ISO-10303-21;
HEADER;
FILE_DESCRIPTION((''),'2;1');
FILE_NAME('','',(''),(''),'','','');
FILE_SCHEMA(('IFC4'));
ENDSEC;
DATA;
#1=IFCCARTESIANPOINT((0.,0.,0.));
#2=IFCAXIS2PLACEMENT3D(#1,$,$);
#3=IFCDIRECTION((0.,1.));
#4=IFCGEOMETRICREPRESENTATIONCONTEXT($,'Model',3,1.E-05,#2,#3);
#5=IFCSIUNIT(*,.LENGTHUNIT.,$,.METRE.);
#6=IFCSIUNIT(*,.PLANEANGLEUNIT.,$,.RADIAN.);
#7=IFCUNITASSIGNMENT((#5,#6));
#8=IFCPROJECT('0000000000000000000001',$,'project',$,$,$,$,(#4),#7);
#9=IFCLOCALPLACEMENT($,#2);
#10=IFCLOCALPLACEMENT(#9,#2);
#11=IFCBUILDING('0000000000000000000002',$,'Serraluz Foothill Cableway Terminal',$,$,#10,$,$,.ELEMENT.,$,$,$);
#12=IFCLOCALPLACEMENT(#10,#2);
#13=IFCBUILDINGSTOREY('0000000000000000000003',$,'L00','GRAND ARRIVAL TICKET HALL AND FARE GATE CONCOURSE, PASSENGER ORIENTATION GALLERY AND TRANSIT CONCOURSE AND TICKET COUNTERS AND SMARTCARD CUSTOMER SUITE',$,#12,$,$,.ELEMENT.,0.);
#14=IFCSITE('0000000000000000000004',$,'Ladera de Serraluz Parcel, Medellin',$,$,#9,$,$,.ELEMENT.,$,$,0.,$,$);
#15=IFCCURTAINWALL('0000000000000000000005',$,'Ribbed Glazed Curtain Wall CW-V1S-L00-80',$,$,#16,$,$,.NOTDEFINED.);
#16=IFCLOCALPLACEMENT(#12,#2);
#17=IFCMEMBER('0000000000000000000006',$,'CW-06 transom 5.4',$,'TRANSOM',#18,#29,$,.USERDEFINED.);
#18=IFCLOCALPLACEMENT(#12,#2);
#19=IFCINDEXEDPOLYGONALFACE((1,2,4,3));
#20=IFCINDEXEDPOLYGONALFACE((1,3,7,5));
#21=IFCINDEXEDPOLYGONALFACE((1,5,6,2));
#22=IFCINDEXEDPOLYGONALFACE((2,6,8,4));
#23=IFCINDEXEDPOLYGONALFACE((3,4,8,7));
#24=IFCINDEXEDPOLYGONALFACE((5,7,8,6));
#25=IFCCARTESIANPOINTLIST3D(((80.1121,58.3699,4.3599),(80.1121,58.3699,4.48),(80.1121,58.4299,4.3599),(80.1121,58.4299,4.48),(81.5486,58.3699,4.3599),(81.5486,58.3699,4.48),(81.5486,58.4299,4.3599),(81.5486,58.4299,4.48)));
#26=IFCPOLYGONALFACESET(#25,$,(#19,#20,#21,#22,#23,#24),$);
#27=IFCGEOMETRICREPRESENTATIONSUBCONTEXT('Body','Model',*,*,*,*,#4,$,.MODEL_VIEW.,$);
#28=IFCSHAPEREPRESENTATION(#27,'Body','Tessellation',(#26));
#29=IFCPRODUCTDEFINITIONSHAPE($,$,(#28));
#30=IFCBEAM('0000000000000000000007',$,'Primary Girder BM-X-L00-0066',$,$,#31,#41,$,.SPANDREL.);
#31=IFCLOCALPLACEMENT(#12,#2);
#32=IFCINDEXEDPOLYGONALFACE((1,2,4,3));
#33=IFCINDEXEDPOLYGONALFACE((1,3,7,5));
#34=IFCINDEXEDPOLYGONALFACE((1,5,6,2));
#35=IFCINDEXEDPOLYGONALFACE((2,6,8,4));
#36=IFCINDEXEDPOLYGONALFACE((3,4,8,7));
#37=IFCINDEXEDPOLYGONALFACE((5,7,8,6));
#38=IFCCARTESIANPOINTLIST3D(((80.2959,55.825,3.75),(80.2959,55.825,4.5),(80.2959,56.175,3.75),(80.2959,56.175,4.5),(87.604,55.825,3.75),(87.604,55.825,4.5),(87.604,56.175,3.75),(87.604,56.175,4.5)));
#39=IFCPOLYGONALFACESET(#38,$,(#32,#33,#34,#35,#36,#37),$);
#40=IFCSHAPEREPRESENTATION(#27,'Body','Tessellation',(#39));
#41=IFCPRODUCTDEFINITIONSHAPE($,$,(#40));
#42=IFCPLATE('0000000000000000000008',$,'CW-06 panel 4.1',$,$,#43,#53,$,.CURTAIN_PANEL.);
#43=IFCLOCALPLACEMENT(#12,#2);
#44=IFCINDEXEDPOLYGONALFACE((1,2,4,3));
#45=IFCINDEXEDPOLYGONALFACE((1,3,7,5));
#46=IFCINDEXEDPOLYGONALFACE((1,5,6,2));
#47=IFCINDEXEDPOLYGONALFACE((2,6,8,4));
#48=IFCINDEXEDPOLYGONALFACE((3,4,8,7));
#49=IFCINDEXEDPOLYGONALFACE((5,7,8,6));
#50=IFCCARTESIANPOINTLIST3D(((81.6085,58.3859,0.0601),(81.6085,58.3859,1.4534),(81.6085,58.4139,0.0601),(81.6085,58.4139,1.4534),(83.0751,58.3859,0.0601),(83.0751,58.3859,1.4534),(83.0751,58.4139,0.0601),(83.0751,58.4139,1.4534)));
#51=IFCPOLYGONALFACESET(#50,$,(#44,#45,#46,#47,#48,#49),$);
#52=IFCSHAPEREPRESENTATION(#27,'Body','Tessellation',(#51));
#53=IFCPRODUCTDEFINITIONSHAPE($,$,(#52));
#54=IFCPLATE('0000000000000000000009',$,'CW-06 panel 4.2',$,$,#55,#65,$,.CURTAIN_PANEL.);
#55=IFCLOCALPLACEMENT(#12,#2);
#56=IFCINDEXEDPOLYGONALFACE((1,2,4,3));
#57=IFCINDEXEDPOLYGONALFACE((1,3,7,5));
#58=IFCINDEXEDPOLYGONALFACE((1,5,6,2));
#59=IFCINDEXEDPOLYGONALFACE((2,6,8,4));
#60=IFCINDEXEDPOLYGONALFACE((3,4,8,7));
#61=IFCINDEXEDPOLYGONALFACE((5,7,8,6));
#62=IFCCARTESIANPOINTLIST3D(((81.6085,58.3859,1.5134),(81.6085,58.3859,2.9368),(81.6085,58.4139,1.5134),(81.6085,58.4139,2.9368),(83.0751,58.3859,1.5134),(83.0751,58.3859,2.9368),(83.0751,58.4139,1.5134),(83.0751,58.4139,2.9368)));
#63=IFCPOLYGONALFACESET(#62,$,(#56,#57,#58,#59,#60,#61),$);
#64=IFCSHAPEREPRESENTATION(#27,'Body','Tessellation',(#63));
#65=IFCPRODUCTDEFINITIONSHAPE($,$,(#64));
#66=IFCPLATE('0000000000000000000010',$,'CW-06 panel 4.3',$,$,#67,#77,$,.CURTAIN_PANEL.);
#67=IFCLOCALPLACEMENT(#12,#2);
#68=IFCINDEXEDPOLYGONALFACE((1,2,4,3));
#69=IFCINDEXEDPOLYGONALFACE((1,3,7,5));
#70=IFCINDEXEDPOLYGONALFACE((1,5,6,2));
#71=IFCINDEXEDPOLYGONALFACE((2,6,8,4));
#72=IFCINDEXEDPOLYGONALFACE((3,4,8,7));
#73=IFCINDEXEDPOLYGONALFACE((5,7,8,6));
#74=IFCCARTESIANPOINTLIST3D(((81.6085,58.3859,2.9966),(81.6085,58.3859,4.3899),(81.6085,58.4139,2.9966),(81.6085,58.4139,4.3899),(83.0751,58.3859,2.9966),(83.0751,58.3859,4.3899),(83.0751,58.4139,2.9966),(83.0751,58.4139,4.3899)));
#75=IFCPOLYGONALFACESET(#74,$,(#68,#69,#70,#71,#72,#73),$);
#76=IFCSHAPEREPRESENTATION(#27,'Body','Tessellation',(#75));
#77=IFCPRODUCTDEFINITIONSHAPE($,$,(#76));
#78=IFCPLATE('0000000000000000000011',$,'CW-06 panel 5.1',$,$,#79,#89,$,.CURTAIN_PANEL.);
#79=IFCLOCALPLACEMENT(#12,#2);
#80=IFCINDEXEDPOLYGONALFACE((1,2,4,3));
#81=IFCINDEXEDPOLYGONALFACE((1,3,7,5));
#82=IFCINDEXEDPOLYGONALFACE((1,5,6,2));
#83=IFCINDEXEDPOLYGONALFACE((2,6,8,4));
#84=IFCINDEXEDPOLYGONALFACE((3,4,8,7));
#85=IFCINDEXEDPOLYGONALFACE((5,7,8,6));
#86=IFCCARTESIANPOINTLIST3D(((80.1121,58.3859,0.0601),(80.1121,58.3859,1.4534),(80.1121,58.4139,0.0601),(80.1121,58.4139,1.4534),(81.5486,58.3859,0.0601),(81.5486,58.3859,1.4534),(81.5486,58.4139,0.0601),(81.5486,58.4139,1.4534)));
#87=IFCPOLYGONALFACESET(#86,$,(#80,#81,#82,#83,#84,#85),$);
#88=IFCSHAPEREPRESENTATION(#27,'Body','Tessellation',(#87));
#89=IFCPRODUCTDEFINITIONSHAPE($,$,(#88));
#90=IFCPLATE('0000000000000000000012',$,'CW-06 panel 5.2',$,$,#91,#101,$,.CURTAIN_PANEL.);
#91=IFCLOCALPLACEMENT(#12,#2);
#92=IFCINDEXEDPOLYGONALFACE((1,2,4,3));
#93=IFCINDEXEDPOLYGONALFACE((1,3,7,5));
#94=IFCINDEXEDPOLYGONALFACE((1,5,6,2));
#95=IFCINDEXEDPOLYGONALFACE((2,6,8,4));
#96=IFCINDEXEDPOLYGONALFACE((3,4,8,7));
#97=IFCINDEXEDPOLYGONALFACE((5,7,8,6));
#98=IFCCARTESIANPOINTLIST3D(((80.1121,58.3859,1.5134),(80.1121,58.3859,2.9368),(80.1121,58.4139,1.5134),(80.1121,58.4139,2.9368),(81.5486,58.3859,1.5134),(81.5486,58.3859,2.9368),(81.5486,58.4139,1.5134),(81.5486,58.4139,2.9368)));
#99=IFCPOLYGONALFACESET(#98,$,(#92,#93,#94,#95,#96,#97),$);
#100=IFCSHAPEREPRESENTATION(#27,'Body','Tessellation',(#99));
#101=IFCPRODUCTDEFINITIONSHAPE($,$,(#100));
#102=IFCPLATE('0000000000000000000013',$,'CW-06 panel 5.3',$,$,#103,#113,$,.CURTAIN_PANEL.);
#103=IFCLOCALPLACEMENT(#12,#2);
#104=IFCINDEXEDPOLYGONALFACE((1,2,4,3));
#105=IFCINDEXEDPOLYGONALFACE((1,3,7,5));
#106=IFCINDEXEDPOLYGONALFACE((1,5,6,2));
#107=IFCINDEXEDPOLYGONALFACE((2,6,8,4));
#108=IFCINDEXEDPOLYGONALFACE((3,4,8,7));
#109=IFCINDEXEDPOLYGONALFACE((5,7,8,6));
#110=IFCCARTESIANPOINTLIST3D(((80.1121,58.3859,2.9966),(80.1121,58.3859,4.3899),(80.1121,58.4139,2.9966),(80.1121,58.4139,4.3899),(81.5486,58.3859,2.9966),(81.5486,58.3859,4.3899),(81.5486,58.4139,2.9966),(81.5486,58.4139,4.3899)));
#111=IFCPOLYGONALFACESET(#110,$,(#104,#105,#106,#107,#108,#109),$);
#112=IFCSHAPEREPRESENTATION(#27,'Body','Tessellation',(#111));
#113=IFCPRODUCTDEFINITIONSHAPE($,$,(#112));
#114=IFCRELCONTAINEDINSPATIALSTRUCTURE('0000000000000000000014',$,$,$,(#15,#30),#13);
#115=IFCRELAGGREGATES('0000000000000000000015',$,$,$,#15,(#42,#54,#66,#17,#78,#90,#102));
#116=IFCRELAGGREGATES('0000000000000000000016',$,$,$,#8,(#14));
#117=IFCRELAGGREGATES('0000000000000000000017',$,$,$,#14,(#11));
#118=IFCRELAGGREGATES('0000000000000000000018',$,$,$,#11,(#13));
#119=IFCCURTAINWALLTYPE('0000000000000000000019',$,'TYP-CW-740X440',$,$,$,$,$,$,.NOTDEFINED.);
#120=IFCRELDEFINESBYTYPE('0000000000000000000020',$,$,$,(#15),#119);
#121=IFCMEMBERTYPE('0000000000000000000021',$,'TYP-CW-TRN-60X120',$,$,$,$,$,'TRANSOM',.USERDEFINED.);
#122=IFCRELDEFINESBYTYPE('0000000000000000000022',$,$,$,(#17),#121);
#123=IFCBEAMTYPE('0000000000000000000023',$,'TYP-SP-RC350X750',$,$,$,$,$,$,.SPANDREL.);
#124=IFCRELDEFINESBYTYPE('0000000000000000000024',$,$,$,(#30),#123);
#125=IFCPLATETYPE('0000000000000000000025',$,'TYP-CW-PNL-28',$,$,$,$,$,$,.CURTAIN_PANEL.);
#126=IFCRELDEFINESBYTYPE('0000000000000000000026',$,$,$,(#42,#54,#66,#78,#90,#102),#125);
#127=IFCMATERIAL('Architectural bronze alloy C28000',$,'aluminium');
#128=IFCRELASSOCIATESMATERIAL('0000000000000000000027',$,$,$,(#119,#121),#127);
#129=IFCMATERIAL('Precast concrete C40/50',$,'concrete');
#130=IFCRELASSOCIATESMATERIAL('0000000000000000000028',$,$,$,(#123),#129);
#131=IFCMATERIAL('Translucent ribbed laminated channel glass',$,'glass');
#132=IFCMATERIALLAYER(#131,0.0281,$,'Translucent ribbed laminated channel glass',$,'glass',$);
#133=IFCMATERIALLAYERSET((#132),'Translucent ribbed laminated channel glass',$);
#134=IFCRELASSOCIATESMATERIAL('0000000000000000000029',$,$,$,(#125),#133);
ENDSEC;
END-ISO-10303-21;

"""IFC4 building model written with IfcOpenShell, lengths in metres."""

from ifc_helpers import new_model, si_unit, direction, frame, origin, origin_2d, place, context, subcontext, project, spatial, rectangle, extrude, material, layer, layer_set, material_profile, profile_set, type_object, element, aggregate, save


model = new_model("IFC4")

# Units and contexts
model_context = context("Model", 3, precision=1e-05, world=origin(), true_north=direction((0.0, 1.0)))
body_context = subcontext(model_context, "Body", "Model", "MODEL_VIEW")
ifc_project = project(units=[si_unit("LENGTHUNIT", "METRE"), si_unit("PLANEANGLEUNIT", "RADIAN")], contexts=[model_context])

# Site, building, storey
site_placement = place(None, origin())
site = spatial("IfcSite", under=ifc_project, at=site_placement, Name="Ladera de Serraluz Parcel, Medellin", CompositionType="ELEMENT", RefElevation=0.0)
building_placement = place(site_placement, origin())
building = spatial("IfcBuilding", under=site, at=building_placement, Name="Serraluz Foothill Cableway Terminal", CompositionType="ELEMENT")
storey_placement = place(building_placement, origin())
storey = spatial("IfcBuildingStorey", under=building, at=storey_placement, Name="L00", Description="GRAND ARRIVAL TICKET HALL AND FARE GATE CONCOURSE, PASSENGER ORIENTATION GALLERY AND TRANSIT CONCOURSE AND TICKET COUNTERS AND SMARTCARD CUSTOMER SUITE", CompositionType="ELEMENT", Elevation=0.0)

# Curtain wall, member
ifc_material_1 = material(Name="Architectural bronze alloy C28000", Category="aluminium")
curtain_wall_type = type_object("IfcCurtainWallType", Name="TYP-CW-740X440", PredefinedType="NOTDEFINED", material=ifc_material_1)
curtain_wall_placement = place(storey_placement, origin())
curtain_wall = element("IfcCurtainWall", 1, at=curtain_wall_placement, inside=storey, type_object=curtain_wall_type, Name="Ribbed Glazed Curtain Wall CW-V1S-L00-80", PredefinedType="NOTDEFINED")
ifc_material_profile_1 = material_profile(ifc_material_1, rectangle(XDim=0.0601, YDim=0.1201, at=origin_2d()), Name="ALU TRANSOM 60x120")
ifc_profile_set_1 = profile_set([ifc_material_profile_1], Name="Architectural bronze alloy C28000")
member_type_1 = type_object("IfcMemberType", Name="TYP-CW-TRN-60X120", ElementType="TRANSOM", PredefinedType="USERDEFINED", material=ifc_profile_set_1)
member_1_placement = place(storey_placement, frame((81.5486, 58.3999, 4.4199), z_axis=(-1.0, 0.0, 0.0), x_axis=(0.0, -1.0, 0.0)))
member_1 = element("IfcMember", 2, at=member_1_placement, type_object=member_type_1, Name="CW-06 transom 5.4", ObjectType="TRANSOM", PredefinedType="USERDEFINED", context=body_context, shape_type="SweptSolid", body=[
    extrude(rectangle(XDim=0.0601, YDim=0.1201, at=origin_2d()), origin(), (0.0, 0.0, 1.0), 1.4365),
])

# Beam
ifc_material_2 = material(Name="Precast concrete C40/50", Category="concrete")
ifc_material_profile_2 = material_profile(ifc_material_2, rectangle(XDim=0.3501, YDim=0.75, at=origin_2d()), Name="RC SP 350x750")
ifc_profile_set_2 = profile_set([ifc_material_profile_2], Name="Precast concrete C40/50")
beam_type = type_object("IfcBeamType", Name="TYP-SP-RC350X750", PredefinedType="SPANDREL", material=ifc_profile_set_2)
beam_placement = place(storey_placement, frame((80.2959, 56.0, 4.125), z_axis=(1.0, 0.0, 0.0), x_axis=(0.0, 1.0, 0.0)))
element("IfcBeam", 3, at=beam_placement, inside=storey, type_object=beam_type, Name="Primary Girder BM-X-L00-0066", PredefinedType="SPANDREL", context=body_context, shape_type="SweptSolid", body=[
    extrude(rectangle(XDim=0.3501, YDim=0.75, at=origin_2d()), origin(), (0.0, 0.0, 1.0), 7.3081),
])

# Plates
ifc_material_3 = material(Name="Translucent ribbed laminated channel glass", Category="glass")
ifc_layer = layer(ifc_material_3, 0.0281, Name="Translucent ribbed laminated channel glass", Category="glass")
ifc_layer_set = layer_set([ifc_layer], Name="Translucent ribbed laminated channel glass")
plate_type = type_object("IfcPlateType", Name="TYP-CW-PNL-28", PredefinedType="CURTAIN_PANEL", material=ifc_layer_set)
plate_1_placement = place(storey_placement, frame((82.3418, 58.3999, 0.0601), z_axis=(0.0, 0.0, 1.0), x_axis=(-1.0, 0.0, 0.0)))
plate_1 = element("IfcPlate", 4, at=plate_1_placement, type_object=plate_type, Name="CW-06 panel 4.1", PredefinedType="CURTAIN_PANEL", context=body_context, shape_type="SweptSolid", body=[
    extrude(rectangle(XDim=1.4666, YDim=0.0281, at=origin_2d()), origin(), (0.0, 0.0, 1.0), 1.3933),
])
plate_2_placement = place(storey_placement, frame((82.3418, 58.3999, 1.5134), z_axis=(0.0, 0.0, 1.0), x_axis=(-1.0, 0.0, 0.0)))
plate_2 = element("IfcPlate", 5, at=plate_2_placement, type_object=plate_type, Name="CW-06 panel 4.2", PredefinedType="CURTAIN_PANEL", context=body_context, shape_type="SweptSolid", body=[
    extrude(rectangle(XDim=1.4666, YDim=0.0281, at=origin_2d()), origin(), (0.0, 0.0, 1.0), 1.4233),
])
plate_3_placement = place(storey_placement, frame((82.3418, 58.3999, 2.9966), z_axis=(0.0, 0.0, 1.0), x_axis=(-1.0, 0.0, 0.0)))
plate_3 = element("IfcPlate", 6, at=plate_3_placement, type_object=plate_type, Name="CW-06 panel 4.3", PredefinedType="CURTAIN_PANEL", context=body_context, shape_type="SweptSolid", body=[
    extrude(rectangle(XDim=1.4666, YDim=0.0281, at=origin_2d()), origin(), (0.0, 0.0, 1.0), 1.3933),
])
plate_4_placement = place(storey_placement, frame((80.8303, 58.3999, 0.0601), z_axis=(0.0, 0.0, 1.0), x_axis=(-1.0, 0.0, 0.0)))
plate_4 = element("IfcPlate", 7, at=plate_4_placement, type_object=plate_type, Name="CW-06 panel 5.1", PredefinedType="CURTAIN_PANEL", context=body_context, shape_type="SweptSolid", body=[
    extrude(rectangle(XDim=1.4365, YDim=0.0281, at=origin_2d()), origin(), (0.0, 0.0, 1.0), 1.3933),
])
plate_5_placement = place(storey_placement, frame((80.8303, 58.3999, 1.5134), z_axis=(0.0, 0.0, 1.0), x_axis=(-1.0, 0.0, 0.0)))
plate_5 = element("IfcPlate", 8, at=plate_5_placement, type_object=plate_type, Name="CW-06 panel 5.2", PredefinedType="CURTAIN_PANEL", context=body_context, shape_type="SweptSolid", body=[
    extrude(rectangle(XDim=1.4365, YDim=0.0281, at=origin_2d()), origin(), (0.0, 0.0, 1.0), 1.4233),
])
plate_6_placement = place(storey_placement, frame((80.8303, 58.3999, 2.9966), z_axis=(0.0, 0.0, 1.0), x_axis=(-1.0, 0.0, 0.0)))
plate_6 = element("IfcPlate", 9, at=plate_6_placement, type_object=plate_type, Name="CW-06 panel 5.3", PredefinedType="CURTAIN_PANEL", context=body_context, shape_type="SweptSolid", body=[
    extrude(rectangle(XDim=1.4365, YDim=0.0281, at=origin_2d()), origin(), (0.0, 0.0, 1.0), 1.3933),
])
aggregate(curtain_wall, [plate_1, plate_2, plate_3, member_1, plate_4, plate_5, plate_6])

save(model, "model.ifc")
